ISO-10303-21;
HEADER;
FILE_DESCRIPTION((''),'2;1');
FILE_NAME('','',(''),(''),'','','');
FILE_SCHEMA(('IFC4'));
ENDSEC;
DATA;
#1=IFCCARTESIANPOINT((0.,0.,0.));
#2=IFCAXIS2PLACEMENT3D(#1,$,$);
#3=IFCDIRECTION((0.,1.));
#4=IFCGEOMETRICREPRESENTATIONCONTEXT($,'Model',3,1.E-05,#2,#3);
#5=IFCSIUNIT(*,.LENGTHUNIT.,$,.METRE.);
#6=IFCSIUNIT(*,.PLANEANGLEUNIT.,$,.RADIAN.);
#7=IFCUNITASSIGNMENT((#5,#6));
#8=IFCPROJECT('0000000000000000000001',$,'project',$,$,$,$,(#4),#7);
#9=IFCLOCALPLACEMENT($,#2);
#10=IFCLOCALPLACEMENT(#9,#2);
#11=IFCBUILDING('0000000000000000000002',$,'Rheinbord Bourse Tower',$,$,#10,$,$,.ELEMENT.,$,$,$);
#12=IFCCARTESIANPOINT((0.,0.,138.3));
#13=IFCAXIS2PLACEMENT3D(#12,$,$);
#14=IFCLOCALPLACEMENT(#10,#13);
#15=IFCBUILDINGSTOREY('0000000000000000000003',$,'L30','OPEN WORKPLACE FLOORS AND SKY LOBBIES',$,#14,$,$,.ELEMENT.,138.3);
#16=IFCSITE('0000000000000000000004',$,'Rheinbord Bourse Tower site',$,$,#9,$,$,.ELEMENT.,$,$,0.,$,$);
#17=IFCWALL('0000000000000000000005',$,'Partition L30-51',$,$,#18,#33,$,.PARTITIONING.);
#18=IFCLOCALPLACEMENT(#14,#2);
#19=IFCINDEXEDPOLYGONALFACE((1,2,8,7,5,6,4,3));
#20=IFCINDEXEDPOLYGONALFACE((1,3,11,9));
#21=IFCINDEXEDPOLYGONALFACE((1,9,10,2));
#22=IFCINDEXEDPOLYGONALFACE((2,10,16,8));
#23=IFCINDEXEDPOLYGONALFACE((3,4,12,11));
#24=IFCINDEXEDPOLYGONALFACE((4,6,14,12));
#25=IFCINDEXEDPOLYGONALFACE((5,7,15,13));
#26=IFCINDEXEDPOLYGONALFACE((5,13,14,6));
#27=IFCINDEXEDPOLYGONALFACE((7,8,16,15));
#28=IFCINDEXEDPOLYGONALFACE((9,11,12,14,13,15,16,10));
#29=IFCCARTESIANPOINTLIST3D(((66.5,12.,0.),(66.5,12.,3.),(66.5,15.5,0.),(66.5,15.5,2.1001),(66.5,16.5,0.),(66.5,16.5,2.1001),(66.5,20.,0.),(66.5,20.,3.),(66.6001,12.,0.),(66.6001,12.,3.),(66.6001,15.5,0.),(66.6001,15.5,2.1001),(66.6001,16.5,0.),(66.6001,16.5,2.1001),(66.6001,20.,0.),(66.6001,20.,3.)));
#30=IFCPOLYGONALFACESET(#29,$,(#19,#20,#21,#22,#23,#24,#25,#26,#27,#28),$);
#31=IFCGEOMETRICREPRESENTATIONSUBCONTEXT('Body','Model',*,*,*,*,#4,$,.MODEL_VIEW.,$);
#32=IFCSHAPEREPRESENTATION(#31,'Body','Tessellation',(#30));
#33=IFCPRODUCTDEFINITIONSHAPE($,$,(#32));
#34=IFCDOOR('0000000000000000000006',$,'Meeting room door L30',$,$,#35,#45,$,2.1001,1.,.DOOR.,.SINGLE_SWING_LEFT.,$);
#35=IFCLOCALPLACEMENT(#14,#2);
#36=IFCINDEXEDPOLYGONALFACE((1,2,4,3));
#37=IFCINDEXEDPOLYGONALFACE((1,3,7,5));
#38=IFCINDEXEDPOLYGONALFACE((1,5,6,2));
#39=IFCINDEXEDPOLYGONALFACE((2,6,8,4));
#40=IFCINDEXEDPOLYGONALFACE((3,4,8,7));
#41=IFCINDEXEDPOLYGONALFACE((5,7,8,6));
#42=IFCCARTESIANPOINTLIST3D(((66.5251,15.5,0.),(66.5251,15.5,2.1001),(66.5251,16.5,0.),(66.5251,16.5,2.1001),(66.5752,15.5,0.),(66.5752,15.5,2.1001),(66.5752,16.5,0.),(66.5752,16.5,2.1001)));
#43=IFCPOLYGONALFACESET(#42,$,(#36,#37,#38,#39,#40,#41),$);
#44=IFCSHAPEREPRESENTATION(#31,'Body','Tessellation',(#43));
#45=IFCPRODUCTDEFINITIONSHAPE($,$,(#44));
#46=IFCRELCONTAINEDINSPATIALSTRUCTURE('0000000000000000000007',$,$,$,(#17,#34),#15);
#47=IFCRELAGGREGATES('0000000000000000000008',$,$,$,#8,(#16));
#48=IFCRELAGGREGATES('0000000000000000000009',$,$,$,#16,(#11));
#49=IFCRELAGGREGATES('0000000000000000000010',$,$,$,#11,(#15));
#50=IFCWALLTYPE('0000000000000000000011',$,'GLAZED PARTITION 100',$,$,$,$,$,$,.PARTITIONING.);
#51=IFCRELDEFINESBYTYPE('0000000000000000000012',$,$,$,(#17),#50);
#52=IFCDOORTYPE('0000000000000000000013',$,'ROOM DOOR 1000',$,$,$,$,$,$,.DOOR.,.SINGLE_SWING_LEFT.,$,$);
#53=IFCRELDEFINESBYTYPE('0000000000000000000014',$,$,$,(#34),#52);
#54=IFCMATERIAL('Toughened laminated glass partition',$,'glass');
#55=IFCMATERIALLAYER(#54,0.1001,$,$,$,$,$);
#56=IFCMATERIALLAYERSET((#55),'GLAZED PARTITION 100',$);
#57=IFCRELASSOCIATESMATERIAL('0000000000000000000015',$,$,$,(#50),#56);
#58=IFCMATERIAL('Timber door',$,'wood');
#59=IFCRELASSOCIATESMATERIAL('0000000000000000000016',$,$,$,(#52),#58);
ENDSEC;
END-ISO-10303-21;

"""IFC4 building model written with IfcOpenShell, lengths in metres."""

from ifc_helpers import new_model, si_unit, direction, frame, frame_2d, origin, place, context, subcontext, project, spatial, rectangle, extrude, material, layer, layer_set, type_object, element, fill, save


model = new_model("IFC4")

# Units and contexts
model_context = context("Model", 3, precision=1e-05, world=origin(), true_north=direction((0.0, 1.0)))
body_context = subcontext(model_context, "Body", "Model", "MODEL_VIEW")
ifc_project = project(units=[si_unit("LENGTHUNIT", "METRE"), si_unit("PLANEANGLEUNIT", "RADIAN")], contexts=[model_context])

# Site, building, storey
site_placement = place(None, origin())
site = spatial("IfcSite", under=ifc_project, at=site_placement, Name="Rheinbord Bourse Tower site", CompositionType="ELEMENT", RefElevation=0.0)
building_placement = place(site_placement, origin())
building = spatial("IfcBuilding", under=site, at=building_placement, Name="Rheinbord Bourse Tower", CompositionType="ELEMENT")
storey_placement = place(building_placement, frame((0.0, 0.0, 138.3)))
storey = spatial("IfcBuildingStorey", under=building, at=storey_placement, Name="L30", Description="OPEN WORKPLACE FLOORS AND SKY LOBBIES", CompositionType="ELEMENT", Elevation=138.3)

# Shared definitions
ifc_material_1 = material(Name="Toughened laminated glass partition", Category="glass")
ifc_layer_1 = layer(ifc_material_1, 0.1001)
ifc_layer_set_1 = layer_set([ifc_layer_1], Name="GLAZED PARTITION 100")
wall_type_1 = type_object("IfcWallType", Name="GLAZED PARTITION 100", PredefinedType="PARTITIONING", material=ifc_layer_set_1)

# Wall, opening, door
wall_1_placement = place(storey_placement, frame((66.55, 12.0, 0.0), z_axis=(0.0, 0.0, 1.0), x_axis=(0.0, 1.0, 0.0)))
wall_1 = element("IfcWall", 1, at=wall_1_placement, inside=storey, type_object=wall_type_1, Name="Partition L30-51", PredefinedType="PARTITIONING", context=body_context, shape_type="SweptSolid", body=[
    extrude(rectangle(XDim=8.0, YDim=0.1001, at=frame_2d((4.0, 0.0))), origin(), (0.0, 0.0, 1.0), 3.0),
])
opening_1_placement = place(wall_1_placement, frame((3.5, 0.0, 0.0)))
opening_1 = element("IfcOpeningElement", 2, at=opening_1_placement, cuts=wall_1, PredefinedType="OPENING", context=body_context, shape_type="SweptSolid", body=[
    extrude(rectangle(XDim=1.0, YDim=2.1001, at=frame_2d((0.5, 1.05))), frame((0.0, 0.0601, 0.0), z_axis=(0.0, -1.0, 0.0), x_axis=(1.0, 0.0, 0.0)), (0.0, 0.0, 1.0), 0.1201),
])
ifc_material_2 = material(Name="Timber door", Category="wood")
door_type_1 = type_object("IfcDoorType", Name="ROOM DOOR 1000", OperationType="SINGLE_SWING_LEFT", PredefinedType="DOOR", material=ifc_material_2)
door_1_placement = place(opening_1_placement, origin())
door_1 = element("IfcDoor", 3, at=door_1_placement, inside=storey, type_object=door_type_1, Name="Meeting room door L30", OperationType="SINGLE_SWING_LEFT", OverallHeight=2.1001, OverallWidth=1.0, PredefinedType="DOOR", context=body_context, shape_type="SweptSolid", body=[
    extrude(rectangle(XDim=1.0, YDim=2.1001, at=frame_2d((0.5, 1.05))), frame((0.0, 0.0249, 0.0), z_axis=(0.0, -1.0, 0.0), x_axis=(1.0, 0.0, 0.0)), (0.0, 0.0, 1.0), 0.05),
])
fill(opening_1, door_1)

save(model, "model.ifc")
